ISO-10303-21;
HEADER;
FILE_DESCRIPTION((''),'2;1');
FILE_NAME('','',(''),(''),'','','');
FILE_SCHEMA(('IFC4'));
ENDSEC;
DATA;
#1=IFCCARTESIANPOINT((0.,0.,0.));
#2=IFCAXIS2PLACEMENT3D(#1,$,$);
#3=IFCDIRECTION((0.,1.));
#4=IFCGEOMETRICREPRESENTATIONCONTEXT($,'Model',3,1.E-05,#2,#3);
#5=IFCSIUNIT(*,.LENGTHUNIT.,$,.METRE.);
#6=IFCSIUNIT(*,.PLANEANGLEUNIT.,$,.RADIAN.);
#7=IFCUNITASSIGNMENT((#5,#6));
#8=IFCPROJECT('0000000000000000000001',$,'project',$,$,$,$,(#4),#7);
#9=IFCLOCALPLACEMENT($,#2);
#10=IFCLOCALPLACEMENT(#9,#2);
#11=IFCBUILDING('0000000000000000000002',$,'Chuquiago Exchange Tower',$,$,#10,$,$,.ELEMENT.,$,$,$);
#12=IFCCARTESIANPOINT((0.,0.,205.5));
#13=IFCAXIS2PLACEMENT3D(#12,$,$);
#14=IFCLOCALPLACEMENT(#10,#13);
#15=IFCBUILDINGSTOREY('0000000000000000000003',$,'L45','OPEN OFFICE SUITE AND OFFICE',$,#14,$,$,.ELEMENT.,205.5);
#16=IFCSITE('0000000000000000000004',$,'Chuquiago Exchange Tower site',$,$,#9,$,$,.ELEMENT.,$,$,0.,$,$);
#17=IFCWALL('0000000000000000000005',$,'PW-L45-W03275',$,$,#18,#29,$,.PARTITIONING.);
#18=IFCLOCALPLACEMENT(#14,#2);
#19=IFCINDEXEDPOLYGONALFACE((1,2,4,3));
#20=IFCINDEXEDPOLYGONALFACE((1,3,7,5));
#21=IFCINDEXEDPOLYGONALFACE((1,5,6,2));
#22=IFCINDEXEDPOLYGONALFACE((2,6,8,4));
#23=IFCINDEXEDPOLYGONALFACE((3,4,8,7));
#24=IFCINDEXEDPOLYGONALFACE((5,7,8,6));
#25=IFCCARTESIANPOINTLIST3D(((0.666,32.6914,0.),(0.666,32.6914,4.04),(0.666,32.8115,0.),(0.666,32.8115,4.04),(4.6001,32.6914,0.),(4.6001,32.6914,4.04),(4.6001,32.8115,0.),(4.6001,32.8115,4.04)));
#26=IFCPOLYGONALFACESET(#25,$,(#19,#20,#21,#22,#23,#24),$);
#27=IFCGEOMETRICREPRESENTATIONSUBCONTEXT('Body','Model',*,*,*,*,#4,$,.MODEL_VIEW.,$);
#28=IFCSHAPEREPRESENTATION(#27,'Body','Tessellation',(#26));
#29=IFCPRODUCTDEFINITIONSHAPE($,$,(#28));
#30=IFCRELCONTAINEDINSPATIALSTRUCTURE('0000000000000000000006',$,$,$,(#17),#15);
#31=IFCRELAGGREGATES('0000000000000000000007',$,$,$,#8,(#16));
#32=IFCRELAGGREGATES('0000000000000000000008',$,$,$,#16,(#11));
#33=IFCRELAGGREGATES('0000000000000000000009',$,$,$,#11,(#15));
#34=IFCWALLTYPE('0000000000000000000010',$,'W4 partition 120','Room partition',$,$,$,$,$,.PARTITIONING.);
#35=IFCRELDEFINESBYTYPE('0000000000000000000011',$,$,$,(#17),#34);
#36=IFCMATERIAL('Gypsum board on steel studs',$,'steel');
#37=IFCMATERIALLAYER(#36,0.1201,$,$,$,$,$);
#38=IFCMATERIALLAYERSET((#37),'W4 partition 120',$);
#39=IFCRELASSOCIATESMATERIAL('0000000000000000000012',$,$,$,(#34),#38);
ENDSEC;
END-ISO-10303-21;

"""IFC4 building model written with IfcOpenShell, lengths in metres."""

from ifc_helpers import new_model, si_unit, direction, frame, frame_2d, origin, place, context, subcontext, project, spatial, rectangle, extrude, material, layer, layer_set, type_object, element, save


model = new_model("IFC4")

# Units and contexts
model_context = context("Model", 3, precision=1e-05, world=origin(), true_north=direction((0.0, 1.0)))
body_context = subcontext(model_context, "Body", "Model", "MODEL_VIEW")
ifc_project = project(units=[si_unit("LENGTHUNIT", "METRE"), si_unit("PLANEANGLEUNIT", "RADIAN")], contexts=[model_context])

# Site, building, storey
site_placement = place(None, origin())
site = spatial("IfcSite", under=ifc_project, at=site_placement, Name="Chuquiago Exchange Tower site", CompositionType="ELEMENT", RefElevation=0.0)
building_placement = place(site_placement, origin())
building = spatial("IfcBuilding", under=site, at=building_placement, Name="Chuquiago Exchange Tower", CompositionType="ELEMENT")
storey_placement = place(building_placement, frame((0.0, 0.0, 205.5)))
storey = spatial("IfcBuildingStorey", under=building, at=storey_placement, Name="L45", Description="OPEN OFFICE SUITE AND OFFICE", CompositionType="ELEMENT", Elevation=205.5)

# Wall
ifc_material_1 = material(Name="Gypsum board on steel studs", Category="steel")
ifc_layer_1 = layer(ifc_material_1, 0.1201)
ifc_layer_set_1 = layer_set([ifc_layer_1], Name="W4 partition 120")
wall_type_1 = type_object("IfcWallType", Name="W4 partition 120", Description="Room partition", PredefinedType="PARTITIONING", material=ifc_layer_set_1)
wall_1_placement = place(storey_placement, frame((0.666, 32.7515, 0.0), z_axis=(0.0, 0.0, 1.0), x_axis=(1.0, 0.0, 0.0)))
element("IfcWall", 1, at=wall_1_placement, inside=storey, type_object=wall_type_1, Name="PW-L45-W03275", PredefinedType="PARTITIONING", context=body_context, shape_type="SweptSolid", body=[
    extrude(rectangle(XDim=3.9341, YDim=0.1201, at=frame_2d((1.967, 0.0))), origin(), (0.0, 0.0, 1.0), 4.04),
])

save(model, "model.ifc")
